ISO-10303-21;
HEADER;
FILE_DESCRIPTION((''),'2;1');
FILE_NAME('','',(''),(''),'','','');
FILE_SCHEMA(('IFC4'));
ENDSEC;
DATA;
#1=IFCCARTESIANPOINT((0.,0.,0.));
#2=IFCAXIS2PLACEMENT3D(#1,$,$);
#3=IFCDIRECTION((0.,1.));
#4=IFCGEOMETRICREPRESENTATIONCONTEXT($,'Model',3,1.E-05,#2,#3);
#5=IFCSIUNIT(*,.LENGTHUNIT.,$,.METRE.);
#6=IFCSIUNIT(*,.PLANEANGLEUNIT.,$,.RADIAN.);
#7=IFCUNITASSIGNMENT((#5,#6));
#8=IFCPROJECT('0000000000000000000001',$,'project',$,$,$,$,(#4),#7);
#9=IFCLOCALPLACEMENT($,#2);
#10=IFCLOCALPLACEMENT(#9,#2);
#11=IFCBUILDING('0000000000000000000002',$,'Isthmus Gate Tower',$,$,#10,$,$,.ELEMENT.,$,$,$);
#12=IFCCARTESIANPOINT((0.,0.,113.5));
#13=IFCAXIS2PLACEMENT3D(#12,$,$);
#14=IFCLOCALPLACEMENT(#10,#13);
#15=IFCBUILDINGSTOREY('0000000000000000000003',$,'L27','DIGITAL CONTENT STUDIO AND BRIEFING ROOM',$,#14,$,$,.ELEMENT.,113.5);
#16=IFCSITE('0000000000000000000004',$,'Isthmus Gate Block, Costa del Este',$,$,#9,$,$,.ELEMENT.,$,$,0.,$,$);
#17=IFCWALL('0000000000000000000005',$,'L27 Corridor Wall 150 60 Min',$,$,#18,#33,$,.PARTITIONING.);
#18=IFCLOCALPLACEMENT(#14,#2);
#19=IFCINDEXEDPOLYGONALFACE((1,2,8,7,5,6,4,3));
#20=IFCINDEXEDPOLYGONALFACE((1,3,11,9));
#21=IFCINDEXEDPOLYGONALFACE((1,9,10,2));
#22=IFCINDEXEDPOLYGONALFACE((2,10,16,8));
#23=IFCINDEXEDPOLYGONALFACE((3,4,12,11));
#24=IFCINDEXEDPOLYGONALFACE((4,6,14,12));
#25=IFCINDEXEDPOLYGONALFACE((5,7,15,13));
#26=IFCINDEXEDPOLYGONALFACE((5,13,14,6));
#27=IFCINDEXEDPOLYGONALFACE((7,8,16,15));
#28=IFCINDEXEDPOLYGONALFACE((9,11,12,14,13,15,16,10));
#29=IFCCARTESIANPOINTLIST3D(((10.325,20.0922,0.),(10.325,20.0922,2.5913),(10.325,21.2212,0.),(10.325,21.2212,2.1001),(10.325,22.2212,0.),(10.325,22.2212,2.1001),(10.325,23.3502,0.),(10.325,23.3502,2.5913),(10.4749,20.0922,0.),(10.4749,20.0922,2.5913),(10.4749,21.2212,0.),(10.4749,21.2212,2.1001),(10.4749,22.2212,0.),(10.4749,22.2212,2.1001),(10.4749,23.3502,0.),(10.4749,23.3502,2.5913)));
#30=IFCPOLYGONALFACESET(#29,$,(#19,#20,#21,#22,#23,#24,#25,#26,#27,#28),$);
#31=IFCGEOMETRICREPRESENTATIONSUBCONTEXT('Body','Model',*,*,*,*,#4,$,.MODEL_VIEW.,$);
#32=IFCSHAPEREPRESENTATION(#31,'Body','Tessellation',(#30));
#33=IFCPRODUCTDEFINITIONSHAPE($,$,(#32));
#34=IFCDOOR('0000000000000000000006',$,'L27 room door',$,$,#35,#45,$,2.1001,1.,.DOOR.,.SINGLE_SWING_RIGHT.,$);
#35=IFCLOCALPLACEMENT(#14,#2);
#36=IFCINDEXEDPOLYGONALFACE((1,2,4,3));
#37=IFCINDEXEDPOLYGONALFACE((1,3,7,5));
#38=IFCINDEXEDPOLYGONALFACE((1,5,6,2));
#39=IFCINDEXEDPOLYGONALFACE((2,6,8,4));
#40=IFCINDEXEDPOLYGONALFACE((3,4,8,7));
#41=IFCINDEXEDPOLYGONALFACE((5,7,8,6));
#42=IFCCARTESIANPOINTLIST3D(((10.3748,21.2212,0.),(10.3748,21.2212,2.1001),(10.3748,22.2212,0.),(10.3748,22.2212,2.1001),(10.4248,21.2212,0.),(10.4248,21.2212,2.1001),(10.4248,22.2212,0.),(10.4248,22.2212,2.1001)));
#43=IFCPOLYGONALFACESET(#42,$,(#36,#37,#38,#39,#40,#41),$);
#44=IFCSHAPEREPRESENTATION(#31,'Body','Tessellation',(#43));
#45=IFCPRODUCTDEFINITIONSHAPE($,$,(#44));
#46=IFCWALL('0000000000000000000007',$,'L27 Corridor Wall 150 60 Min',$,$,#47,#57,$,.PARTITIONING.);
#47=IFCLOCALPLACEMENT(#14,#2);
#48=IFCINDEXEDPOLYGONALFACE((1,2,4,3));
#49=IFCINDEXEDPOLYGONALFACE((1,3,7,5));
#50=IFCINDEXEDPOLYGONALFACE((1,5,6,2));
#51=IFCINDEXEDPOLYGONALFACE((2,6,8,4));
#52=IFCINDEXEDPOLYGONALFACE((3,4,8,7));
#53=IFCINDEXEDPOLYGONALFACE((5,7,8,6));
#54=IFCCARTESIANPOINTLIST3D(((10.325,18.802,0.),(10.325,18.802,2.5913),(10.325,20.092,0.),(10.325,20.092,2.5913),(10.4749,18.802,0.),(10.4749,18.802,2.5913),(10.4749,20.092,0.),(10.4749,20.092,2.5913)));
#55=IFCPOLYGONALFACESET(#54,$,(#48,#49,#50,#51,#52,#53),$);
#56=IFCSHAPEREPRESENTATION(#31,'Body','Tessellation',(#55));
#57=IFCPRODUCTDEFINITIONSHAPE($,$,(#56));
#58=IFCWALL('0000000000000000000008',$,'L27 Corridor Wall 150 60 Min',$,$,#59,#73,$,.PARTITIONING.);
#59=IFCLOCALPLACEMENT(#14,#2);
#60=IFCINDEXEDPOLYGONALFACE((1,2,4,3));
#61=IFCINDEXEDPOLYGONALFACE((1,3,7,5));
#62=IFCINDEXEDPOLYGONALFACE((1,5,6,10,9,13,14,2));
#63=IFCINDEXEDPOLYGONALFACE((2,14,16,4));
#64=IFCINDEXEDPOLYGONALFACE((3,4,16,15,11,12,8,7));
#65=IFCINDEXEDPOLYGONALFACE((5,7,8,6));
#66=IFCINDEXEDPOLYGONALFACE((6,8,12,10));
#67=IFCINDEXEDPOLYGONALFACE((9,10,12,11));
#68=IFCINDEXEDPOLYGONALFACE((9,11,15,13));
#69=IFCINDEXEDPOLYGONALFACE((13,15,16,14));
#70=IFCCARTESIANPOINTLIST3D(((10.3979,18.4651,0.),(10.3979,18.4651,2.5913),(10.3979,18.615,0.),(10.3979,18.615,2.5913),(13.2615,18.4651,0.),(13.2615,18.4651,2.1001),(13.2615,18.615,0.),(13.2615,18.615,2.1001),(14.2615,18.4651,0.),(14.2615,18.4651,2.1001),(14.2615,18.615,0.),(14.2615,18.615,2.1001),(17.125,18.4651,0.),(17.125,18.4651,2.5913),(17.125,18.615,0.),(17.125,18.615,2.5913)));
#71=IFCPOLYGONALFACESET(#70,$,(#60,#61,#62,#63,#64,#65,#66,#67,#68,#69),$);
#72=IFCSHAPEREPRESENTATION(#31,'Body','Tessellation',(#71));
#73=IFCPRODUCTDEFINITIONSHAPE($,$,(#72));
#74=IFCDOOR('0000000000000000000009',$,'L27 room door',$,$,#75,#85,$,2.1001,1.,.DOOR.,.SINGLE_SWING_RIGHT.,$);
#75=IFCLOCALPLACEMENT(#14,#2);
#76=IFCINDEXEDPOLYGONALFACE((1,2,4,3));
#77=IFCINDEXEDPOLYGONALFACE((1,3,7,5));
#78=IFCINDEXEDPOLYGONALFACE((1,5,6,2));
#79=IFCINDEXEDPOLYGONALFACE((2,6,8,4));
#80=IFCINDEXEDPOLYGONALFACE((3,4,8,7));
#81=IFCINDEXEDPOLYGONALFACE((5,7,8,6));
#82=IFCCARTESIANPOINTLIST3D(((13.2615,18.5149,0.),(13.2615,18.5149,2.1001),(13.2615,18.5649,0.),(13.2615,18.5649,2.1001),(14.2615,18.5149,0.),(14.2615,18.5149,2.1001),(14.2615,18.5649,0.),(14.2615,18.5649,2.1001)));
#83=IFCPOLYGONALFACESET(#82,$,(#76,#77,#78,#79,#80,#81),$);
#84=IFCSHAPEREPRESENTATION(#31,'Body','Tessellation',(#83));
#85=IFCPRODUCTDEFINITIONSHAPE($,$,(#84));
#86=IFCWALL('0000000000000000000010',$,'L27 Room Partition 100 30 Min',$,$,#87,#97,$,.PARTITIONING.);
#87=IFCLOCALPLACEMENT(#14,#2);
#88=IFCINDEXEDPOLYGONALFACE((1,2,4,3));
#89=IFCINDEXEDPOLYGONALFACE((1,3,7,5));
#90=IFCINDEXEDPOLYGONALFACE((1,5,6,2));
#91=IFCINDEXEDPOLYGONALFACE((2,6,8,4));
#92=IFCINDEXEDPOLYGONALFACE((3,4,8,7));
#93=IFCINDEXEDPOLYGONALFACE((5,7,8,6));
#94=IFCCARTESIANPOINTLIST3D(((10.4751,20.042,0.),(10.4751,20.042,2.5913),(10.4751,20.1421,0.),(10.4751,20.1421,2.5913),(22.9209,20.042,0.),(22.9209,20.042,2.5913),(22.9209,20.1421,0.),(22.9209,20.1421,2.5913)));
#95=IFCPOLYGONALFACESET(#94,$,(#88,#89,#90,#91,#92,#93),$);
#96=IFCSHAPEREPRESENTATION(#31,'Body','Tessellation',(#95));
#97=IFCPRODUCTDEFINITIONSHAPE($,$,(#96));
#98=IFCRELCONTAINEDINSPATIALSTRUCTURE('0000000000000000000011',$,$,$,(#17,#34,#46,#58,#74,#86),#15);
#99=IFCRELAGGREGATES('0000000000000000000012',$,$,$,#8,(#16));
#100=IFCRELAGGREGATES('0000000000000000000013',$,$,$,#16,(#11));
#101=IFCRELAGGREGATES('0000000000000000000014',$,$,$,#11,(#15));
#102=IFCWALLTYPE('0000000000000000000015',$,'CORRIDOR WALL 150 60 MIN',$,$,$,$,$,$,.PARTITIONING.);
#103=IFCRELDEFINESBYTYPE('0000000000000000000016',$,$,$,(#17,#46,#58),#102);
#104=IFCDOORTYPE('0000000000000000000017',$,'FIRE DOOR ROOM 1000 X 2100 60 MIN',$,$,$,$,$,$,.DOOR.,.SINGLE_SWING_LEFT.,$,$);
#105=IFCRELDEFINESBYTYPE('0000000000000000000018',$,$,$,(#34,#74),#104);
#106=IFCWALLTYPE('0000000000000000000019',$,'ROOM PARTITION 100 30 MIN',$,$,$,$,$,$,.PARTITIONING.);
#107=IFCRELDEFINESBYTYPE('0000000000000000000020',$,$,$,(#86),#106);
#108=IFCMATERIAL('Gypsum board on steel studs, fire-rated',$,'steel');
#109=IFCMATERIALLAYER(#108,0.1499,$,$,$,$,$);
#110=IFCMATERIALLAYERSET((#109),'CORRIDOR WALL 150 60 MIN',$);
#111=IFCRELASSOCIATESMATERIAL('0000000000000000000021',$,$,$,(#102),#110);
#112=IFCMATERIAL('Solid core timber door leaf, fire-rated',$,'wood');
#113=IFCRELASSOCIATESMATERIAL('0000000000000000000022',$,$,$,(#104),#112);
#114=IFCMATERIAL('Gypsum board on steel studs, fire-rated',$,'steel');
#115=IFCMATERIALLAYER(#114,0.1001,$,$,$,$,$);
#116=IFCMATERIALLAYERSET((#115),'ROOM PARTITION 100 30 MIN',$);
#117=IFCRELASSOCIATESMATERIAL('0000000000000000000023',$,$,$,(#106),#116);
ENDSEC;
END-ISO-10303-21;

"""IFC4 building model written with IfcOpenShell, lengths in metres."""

from ifc_helpers import new_model, si_unit, direction, frame, frame_2d, origin, place, context, subcontext, project, spatial, rectangle, extrude, material, layer, layer_set, type_object, element, fill, save


model = new_model("IFC4")

# Units and contexts
model_context = context("Model", 3, precision=1e-05, world=origin(), true_north=direction((0.0, 1.0)))
body_context = subcontext(model_context, "Body", "Model", "MODEL_VIEW")
ifc_project = project(units=[si_unit("LENGTHUNIT", "METRE"), si_unit("PLANEANGLEUNIT", "RADIAN")], contexts=[model_context])

# Site, building, storey
site_placement = place(None, origin())
site = spatial("IfcSite", under=ifc_project, at=site_placement, Name="Isthmus Gate Block, Costa del Este", CompositionType="ELEMENT", RefElevation=0.0)
building_placement = place(site_placement, origin())
building = spatial("IfcBuilding", under=site, at=building_placement, Name="Isthmus Gate Tower", CompositionType="ELEMENT")
storey_placement = place(building_placement, frame((0.0, 0.0, 113.5)))
storey = spatial("IfcBuildingStorey", under=building, at=storey_placement, Name="L27", Description="DIGITAL CONTENT STUDIO AND BRIEFING ROOM", CompositionType="ELEMENT", Elevation=113.5)

# Wall, opening, door
ifc_material_1 = material(Name="Gypsum board on steel studs, fire-rated", Category="steel")
ifc_layer_1 = layer(ifc_material_1, 0.1499)
ifc_layer_set_1 = layer_set([ifc_layer_1], Name="CORRIDOR WALL 150 60 MIN")
wall_type_1 = type_object("IfcWallType", Name="CORRIDOR WALL 150 60 MIN", PredefinedType="PARTITIONING", material=ifc_layer_set_1)
wall_1_placement = place(storey_placement, frame((10.3999, 23.3501, 0.0), z_axis=(0.0, 0.0, 1.0), x_axis=(0.0, -1.0, 0.0)))
wall_1 = element("IfcWall", 1, at=wall_1_placement, inside=storey, type_object=wall_type_1, Name="L27 Corridor Wall 150 60 Min", PredefinedType="PARTITIONING", context=body_context, shape_type="SweptSolid", body=[
    extrude(rectangle(XDim=3.2581, YDim=0.1499, at=frame_2d((1.6289, 0.0))), origin(), (0.0, 0.0, 1.0), 2.5913),
])
opening_1_placement = place(wall_1_placement, frame((1.1289, 0.0, 0.0)))
opening_1 = element("IfcOpeningElement", 2, at=opening_1_placement, cuts=wall_1, PredefinedType="OPENING", context=body_context, shape_type="SweptSolid", body=[
    extrude(rectangle(XDim=1.0, YDim=2.1001, at=frame_2d((0.5, 1.05))), frame((0.0, 0.085, 0.0), z_axis=(0.0, -1.0, 0.0), x_axis=(1.0, 0.0, 0.0)), (0.0, 0.0, 1.0), 0.1699),
])
ifc_material_2 = material(Name="Solid core timber door leaf, fire-rated", Category="wood")
door_type_1 = type_object("IfcDoorType", Name="FIRE DOOR ROOM 1000 X 2100 60 MIN", OperationType="SINGLE_SWING_LEFT", PredefinedType="DOOR", material=ifc_material_2)
door_1_placement = place(opening_1_placement, origin())
door_1 = element("IfcDoor", 3, at=door_1_placement, inside=storey, type_object=door_type_1, Name="L27 room door", OperationType="SINGLE_SWING_RIGHT", OverallHeight=2.1001, OverallWidth=1.0, PredefinedType="DOOR", context=body_context, shape_type="SweptSolid", body=[
    extrude(rectangle(XDim=1.0, YDim=2.1001, at=frame_2d((0.5, 1.05))), frame((0.0, 0.0249, 0.0), z_axis=(0.0, -1.0, 0.0), x_axis=(1.0, 0.0, 0.0)), (0.0, 0.0, 1.0), 0.05),
])
fill(opening_1, door_1)

# Wall
wall_2_placement = place(storey_placement, frame((10.3999, 20.092, 0.0), z_axis=(0.0, 0.0, 1.0), x_axis=(0.0, -1.0, 0.0)))
element("IfcWall", 4, at=wall_2_placement, inside=storey, type_object=wall_type_1, Name="L27 Corridor Wall 150 60 Min", PredefinedType="PARTITIONING", context=body_context, shape_type="SweptSolid", body=[
    extrude(rectangle(XDim=1.29, YDim=0.1499, at=frame_2d((0.645, 0.0))), origin(), (0.0, 0.0, 1.0), 2.5913),
])

# Wall, opening, door
wall_3_placement = place(storey_placement, frame((10.3979, 18.54, 0.0), z_axis=(0.0, 0.0, 1.0), x_axis=(1.0, 0.0, 0.0)))
wall_3 = element("IfcWall", 5, at=wall_3_placement, inside=storey, type_object=wall_type_1, Name="L27 Corridor Wall 150 60 Min", PredefinedType="PARTITIONING", context=body_context, shape_type="SweptSolid", body=[
    extrude(rectangle(XDim=6.7271, YDim=0.1499, at=frame_2d((3.3635, 0.0))), origin(), (0.0, 0.0, 1.0), 2.5913),
])
opening_2_placement = place(wall_3_placement, frame((2.8635, 0.0, 0.0)))
opening_2 = element("IfcOpeningElement", 6, at=opening_2_placement, cuts=wall_3, PredefinedType="OPENING", context=body_context, shape_type="SweptSolid", body=[
    extrude(rectangle(XDim=1.0, YDim=2.1001, at=frame_2d((0.5, 1.05))), frame((0.0, 0.085, 0.0), z_axis=(0.0, -1.0, 0.0), x_axis=(1.0, 0.0, 0.0)), (0.0, 0.0, 1.0), 0.1699),
])
door_2_placement = place(opening_2_placement, origin())
door_2 = element("IfcDoor", 7, at=door_2_placement, inside=storey, type_object=door_type_1, Name="L27 room door", OperationType="SINGLE_SWING_RIGHT", OverallHeight=2.1001, OverallWidth=1.0, PredefinedType="DOOR", context=body_context, shape_type="SweptSolid", body=[
    extrude(rectangle(XDim=1.0, YDim=2.1001, at=frame_2d((0.5, 1.05))), frame((0.0, 0.0249, 0.0), z_axis=(0.0, -1.0, 0.0), x_axis=(1.0, 0.0, 0.0)), (0.0, 0.0, 1.0), 0.05),
])
fill(opening_2, door_2)

# Wall
ifc_material_3 = material(Name="Gypsum board on steel studs, fire-rated", Category="steel")
ifc_layer_2 = layer(ifc_material_3, 0.1001)
ifc_layer_set_2 = layer_set([ifc_layer_2], Name="ROOM PARTITION 100 30 MIN")
wall_type_2 = type_object("IfcWallType", Name="ROOM PARTITION 100 30 MIN", PredefinedType="PARTITIONING", material=ifc_layer_set_2)
wall_4_placement = place(storey_placement, frame((10.4751, 20.092, 0.0), z_axis=(0.0, 0.0, 1.0), x_axis=(1.0, 0.0, 0.0)))
element("IfcWall", 8, at=wall_4_placement, inside=storey, type_object=wall_type_2, Name="L27 Room Partition 100 30 Min", PredefinedType="PARTITIONING", context=body_context, shape_type="SweptSolid", body=[
    extrude(rectangle(XDim=12.4458, YDim=0.1001, at=frame_2d((6.2229, 0.0))), origin(), (0.0, 0.0, 1.0), 2.5913),
])

save(model, "model.ifc")
